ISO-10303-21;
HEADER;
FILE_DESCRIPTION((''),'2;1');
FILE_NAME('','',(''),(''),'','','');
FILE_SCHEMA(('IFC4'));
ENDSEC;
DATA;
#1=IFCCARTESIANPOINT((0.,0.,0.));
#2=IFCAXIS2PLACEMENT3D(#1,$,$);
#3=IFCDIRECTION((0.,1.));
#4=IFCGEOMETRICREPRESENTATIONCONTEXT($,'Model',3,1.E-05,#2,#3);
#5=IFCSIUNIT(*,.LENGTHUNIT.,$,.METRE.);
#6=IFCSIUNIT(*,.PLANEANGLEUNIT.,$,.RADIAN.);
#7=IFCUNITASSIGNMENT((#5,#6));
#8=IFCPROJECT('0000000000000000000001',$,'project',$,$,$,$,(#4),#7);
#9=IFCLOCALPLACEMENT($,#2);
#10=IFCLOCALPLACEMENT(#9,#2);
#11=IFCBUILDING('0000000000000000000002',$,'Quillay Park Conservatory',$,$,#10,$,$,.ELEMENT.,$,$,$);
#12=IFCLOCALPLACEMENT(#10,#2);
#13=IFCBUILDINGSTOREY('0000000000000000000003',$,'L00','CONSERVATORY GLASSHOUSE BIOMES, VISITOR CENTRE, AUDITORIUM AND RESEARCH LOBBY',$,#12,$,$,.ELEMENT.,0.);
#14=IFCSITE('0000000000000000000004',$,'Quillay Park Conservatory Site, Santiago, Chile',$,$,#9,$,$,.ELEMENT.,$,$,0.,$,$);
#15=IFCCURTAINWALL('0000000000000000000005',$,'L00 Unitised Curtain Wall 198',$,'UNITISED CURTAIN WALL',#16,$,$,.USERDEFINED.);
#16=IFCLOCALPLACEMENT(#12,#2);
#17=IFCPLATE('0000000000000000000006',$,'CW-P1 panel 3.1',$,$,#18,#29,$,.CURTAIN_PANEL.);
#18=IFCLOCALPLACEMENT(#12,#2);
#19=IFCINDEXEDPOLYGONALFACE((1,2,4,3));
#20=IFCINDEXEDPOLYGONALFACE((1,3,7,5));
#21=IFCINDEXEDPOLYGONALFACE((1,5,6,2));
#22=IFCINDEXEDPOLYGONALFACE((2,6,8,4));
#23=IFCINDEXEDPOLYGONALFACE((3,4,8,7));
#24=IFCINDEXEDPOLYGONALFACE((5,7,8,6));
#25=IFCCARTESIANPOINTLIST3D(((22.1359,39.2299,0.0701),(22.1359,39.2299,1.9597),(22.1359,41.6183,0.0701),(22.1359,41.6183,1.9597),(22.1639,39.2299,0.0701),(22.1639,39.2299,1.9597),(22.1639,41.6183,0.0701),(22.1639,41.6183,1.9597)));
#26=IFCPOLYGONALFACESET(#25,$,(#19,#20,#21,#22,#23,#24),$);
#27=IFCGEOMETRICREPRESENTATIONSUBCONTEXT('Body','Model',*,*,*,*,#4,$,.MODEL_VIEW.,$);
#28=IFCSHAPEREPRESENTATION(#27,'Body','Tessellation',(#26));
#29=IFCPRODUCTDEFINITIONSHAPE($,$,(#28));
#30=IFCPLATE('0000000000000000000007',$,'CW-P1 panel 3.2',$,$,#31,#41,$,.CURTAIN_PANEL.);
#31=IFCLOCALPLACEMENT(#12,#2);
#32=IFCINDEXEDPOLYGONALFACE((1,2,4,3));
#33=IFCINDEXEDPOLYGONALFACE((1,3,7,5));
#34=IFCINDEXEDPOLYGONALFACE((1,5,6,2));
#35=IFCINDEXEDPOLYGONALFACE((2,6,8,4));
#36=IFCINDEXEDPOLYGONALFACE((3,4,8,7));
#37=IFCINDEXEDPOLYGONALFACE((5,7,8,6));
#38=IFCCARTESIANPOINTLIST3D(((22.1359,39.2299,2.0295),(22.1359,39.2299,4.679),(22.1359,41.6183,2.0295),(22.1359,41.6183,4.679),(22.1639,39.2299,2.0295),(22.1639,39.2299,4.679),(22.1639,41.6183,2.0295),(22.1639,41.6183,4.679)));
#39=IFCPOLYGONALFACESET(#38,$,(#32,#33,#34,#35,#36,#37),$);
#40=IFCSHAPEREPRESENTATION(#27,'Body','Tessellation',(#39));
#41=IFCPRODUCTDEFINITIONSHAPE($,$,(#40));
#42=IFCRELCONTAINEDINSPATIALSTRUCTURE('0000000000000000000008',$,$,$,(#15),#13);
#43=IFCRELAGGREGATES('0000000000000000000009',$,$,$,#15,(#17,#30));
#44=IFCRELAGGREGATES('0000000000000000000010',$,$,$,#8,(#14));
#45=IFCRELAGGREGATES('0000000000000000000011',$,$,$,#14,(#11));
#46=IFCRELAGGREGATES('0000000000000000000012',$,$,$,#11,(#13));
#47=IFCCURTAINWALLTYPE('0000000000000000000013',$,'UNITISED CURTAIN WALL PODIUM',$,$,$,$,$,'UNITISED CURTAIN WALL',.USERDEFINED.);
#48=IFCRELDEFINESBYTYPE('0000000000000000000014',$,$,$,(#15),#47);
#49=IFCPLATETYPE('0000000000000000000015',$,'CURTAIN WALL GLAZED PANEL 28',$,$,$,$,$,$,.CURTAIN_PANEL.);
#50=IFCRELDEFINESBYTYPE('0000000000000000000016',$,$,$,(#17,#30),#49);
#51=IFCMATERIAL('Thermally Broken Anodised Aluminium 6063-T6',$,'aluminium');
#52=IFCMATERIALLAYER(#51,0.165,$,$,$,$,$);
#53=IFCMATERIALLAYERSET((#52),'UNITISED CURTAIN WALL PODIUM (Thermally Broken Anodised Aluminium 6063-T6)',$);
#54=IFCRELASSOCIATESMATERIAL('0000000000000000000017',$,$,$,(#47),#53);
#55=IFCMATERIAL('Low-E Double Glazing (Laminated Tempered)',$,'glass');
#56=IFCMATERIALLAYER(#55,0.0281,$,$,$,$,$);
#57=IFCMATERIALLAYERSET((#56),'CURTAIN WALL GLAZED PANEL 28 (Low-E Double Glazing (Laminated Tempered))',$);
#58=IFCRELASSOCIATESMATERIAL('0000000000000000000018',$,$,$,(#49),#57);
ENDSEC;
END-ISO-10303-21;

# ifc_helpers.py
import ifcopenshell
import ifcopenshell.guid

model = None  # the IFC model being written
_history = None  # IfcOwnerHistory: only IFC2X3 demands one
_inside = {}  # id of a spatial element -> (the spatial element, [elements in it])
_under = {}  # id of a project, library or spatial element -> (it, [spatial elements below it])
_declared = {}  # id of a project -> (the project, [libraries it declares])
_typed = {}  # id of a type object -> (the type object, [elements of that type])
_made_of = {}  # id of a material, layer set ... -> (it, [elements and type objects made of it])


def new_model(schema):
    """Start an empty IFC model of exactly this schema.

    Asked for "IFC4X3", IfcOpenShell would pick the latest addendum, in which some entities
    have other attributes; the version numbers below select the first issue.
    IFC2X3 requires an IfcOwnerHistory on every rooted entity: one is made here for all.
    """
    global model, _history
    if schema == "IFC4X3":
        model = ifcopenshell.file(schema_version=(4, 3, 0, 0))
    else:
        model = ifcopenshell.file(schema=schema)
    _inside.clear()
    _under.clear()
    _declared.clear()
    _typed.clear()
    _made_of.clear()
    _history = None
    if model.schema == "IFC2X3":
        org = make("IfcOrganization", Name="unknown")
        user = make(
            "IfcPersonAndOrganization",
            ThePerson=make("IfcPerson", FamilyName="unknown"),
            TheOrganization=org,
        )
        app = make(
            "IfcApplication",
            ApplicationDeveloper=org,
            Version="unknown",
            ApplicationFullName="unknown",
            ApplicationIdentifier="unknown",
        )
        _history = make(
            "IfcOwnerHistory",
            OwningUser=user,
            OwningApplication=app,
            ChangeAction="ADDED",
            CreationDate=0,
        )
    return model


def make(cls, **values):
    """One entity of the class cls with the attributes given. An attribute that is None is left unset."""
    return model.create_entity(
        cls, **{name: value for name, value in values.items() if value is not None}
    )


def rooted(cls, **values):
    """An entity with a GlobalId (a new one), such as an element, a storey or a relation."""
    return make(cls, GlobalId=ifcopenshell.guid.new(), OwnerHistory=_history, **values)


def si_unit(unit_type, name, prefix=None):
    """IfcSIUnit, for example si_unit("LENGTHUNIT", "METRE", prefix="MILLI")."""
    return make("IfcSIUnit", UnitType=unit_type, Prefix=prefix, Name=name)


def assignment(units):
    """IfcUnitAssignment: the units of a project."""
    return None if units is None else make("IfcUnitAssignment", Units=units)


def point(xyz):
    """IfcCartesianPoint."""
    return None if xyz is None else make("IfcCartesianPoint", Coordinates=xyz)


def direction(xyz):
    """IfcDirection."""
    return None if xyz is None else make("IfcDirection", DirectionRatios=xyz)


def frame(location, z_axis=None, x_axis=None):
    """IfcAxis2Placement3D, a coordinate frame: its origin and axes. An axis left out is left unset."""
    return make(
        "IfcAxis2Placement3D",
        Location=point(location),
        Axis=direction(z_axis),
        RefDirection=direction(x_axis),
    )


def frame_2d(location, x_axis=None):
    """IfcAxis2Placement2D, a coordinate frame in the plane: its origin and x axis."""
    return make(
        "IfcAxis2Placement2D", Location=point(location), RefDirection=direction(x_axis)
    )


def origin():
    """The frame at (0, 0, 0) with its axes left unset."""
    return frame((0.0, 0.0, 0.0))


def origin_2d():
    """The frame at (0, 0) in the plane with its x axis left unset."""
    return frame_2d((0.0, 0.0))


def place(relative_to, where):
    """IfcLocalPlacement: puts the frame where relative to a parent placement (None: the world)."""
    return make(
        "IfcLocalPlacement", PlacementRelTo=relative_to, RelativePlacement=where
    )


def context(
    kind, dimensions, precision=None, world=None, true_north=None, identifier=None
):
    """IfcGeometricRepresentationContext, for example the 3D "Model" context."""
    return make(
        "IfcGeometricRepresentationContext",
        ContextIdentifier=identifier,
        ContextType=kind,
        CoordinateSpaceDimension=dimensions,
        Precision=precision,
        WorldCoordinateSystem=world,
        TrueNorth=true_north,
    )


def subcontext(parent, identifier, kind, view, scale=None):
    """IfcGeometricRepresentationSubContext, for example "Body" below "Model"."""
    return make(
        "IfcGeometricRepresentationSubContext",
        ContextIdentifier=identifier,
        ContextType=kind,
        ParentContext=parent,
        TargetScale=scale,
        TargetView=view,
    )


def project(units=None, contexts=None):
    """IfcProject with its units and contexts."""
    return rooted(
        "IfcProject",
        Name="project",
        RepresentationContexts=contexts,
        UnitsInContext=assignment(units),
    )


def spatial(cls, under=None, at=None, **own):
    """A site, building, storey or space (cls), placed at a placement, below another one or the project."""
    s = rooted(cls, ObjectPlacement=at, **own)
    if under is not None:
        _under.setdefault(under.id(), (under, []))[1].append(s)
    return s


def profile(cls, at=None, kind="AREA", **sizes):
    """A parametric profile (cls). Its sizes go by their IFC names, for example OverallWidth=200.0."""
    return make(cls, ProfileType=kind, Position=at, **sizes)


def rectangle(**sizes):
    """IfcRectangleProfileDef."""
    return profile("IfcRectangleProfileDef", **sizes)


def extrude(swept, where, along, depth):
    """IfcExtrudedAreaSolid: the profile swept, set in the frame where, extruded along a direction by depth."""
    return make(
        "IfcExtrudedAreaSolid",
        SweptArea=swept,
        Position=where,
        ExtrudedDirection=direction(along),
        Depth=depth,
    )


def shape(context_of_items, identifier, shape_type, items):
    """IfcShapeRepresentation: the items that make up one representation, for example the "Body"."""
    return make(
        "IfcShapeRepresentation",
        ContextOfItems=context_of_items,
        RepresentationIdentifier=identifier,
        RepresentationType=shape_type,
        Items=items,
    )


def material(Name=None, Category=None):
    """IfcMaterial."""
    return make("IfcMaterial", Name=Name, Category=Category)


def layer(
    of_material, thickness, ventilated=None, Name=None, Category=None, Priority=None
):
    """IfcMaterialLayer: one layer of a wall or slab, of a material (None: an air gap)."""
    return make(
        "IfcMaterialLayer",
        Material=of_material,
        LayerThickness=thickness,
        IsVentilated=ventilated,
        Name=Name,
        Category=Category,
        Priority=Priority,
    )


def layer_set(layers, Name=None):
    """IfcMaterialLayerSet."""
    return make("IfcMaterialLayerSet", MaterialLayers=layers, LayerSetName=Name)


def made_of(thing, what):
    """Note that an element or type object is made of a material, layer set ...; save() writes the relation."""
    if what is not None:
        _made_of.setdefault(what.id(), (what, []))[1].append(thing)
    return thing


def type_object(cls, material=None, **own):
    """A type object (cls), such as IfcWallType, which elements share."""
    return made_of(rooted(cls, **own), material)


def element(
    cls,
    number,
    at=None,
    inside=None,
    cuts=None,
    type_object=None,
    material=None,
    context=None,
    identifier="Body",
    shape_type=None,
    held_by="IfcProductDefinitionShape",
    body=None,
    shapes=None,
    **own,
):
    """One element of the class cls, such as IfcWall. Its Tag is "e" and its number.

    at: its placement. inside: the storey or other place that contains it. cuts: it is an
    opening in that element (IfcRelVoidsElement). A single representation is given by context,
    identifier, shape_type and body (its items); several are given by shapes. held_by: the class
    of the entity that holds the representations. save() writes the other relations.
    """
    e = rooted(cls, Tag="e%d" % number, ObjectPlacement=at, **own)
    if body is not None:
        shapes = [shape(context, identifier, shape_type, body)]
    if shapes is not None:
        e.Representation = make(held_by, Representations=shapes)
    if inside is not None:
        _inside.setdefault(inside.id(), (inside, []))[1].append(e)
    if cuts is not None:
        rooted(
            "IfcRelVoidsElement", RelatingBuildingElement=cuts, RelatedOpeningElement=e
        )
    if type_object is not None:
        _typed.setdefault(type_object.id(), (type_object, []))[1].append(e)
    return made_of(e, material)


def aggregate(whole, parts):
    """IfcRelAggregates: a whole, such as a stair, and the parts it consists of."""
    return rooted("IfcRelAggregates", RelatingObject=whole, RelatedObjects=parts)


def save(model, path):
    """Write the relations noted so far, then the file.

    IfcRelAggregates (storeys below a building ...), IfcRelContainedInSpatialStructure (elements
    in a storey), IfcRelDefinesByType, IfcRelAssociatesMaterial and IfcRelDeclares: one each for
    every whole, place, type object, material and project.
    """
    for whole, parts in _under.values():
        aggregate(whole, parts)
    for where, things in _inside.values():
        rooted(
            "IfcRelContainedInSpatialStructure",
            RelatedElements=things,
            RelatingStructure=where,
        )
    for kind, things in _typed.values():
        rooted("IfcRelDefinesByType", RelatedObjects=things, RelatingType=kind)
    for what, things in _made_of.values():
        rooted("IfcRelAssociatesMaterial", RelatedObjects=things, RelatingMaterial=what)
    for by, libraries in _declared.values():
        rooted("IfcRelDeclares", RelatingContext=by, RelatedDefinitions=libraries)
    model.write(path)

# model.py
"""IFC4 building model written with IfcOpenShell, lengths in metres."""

from ifc_helpers import new_model, si_unit, direction, frame, origin, origin_2d, place, context, subcontext, project, spatial, rectangle, extrude, material, layer, layer_set, type_object, element, aggregate, save


model = new_model("IFC4")

# Units and contexts
model_context = context("Model", 3, precision=1e-05, world=origin(), true_north=direction((0.0, 1.0)))
body_context = subcontext(model_context, "Body", "Model", "MODEL_VIEW")
ifc_project = project(units=[si_unit("LENGTHUNIT", "METRE"), si_unit("PLANEANGLEUNIT", "RADIAN")], contexts=[model_context])

# Site, building, storey
site_placement = place(None, origin())
site = spatial("IfcSite", under=ifc_project, at=site_placement, Name="Quillay Park Conservatory Site, Santiago, Chile", CompositionType="ELEMENT", RefElevation=0.0)
building_placement = place(site_placement, origin())
building = spatial("IfcBuilding", under=site, at=building_placement, Name="Quillay Park Conservatory", CompositionType="ELEMENT")
storey_placement = place(building_placement, origin())
storey = spatial("IfcBuildingStorey", under=building, at=storey_placement, Name="L00", Description="CONSERVATORY GLASSHOUSE BIOMES, VISITOR CENTRE, AUDITORIUM AND RESEARCH LOBBY", CompositionType="ELEMENT", Elevation=0.0)

# Curtain wall
ifc_material_1 = material(Name="Thermally Broken Anodised Aluminium 6063-T6", Category="aluminium")
ifc_layer_1 = layer(ifc_material_1, 0.165)
ifc_layer_set_1 = layer_set([ifc_layer_1], Name="UNITISED CURTAIN WALL PODIUM (Thermally Broken Anodised Aluminium 6063-T6)")
curtain_wall_type = type_object("IfcCurtainWallType", Name="UNITISED CURTAIN WALL PODIUM", ElementType="UNITISED CURTAIN WALL", PredefinedType="USERDEFINED", material=ifc_layer_set_1)
curtain_wall_placement = place(storey_placement, origin())
curtain_wall = element("IfcCurtainWall", 1, at=curtain_wall_placement, inside=storey, type_object=curtain_wall_type, Name="L00 Unitised Curtain Wall 198", ObjectType="UNITISED CURTAIN WALL", PredefinedType="USERDEFINED")

# Plates
ifc_material_2 = material(Name="Low-E Double Glazing (Laminated Tempered)", Category="glass")
ifc_layer_2 = layer(ifc_material_2, 0.0281)
ifc_layer_set_2 = layer_set([ifc_layer_2], Name="CURTAIN WALL GLAZED PANEL 28 (Low-E Double Glazing (Laminated Tempered))")
plate_type = type_object("IfcPlateType", Name="CURTAIN WALL GLAZED PANEL 28", PredefinedType="CURTAIN_PANEL", material=ifc_layer_set_2)
plate_1_placement = place(storey_placement, frame((22.1499, 40.4241, 0.0701), z_axis=(0.0, 0.0, 1.0), x_axis=(0.0, -1.0, 0.0)))
plate_1 = element("IfcPlate", 2, at=plate_1_placement, type_object=plate_type, Name="CW-P1 panel 3.1", PredefinedType="CURTAIN_PANEL", context=body_context, shape_type="SweptSolid", body=[
    extrude(rectangle(XDim=2.3884, YDim=0.0281, at=origin_2d()), origin(), (0.0, 0.0, 1.0), 1.8896),
])
plate_2_placement = place(storey_placement, frame((22.1499, 40.4241, 2.0295), z_axis=(0.0, 0.0, 1.0), x_axis=(0.0, -1.0, 0.0)))
plate_2 = element("IfcPlate", 3, at=plate_2_placement, type_object=plate_type, Name="CW-P1 panel 3.2", PredefinedType="CURTAIN_PANEL", context=body_context, shape_type="SweptSolid", body=[
    extrude(rectangle(XDim=2.3884, YDim=0.0281, at=origin_2d()), origin(), (0.0, 0.0, 1.0), 2.6494),
])
aggregate(curtain_wall, [plate_1, plate_2])

save(model, "model.ifc")
